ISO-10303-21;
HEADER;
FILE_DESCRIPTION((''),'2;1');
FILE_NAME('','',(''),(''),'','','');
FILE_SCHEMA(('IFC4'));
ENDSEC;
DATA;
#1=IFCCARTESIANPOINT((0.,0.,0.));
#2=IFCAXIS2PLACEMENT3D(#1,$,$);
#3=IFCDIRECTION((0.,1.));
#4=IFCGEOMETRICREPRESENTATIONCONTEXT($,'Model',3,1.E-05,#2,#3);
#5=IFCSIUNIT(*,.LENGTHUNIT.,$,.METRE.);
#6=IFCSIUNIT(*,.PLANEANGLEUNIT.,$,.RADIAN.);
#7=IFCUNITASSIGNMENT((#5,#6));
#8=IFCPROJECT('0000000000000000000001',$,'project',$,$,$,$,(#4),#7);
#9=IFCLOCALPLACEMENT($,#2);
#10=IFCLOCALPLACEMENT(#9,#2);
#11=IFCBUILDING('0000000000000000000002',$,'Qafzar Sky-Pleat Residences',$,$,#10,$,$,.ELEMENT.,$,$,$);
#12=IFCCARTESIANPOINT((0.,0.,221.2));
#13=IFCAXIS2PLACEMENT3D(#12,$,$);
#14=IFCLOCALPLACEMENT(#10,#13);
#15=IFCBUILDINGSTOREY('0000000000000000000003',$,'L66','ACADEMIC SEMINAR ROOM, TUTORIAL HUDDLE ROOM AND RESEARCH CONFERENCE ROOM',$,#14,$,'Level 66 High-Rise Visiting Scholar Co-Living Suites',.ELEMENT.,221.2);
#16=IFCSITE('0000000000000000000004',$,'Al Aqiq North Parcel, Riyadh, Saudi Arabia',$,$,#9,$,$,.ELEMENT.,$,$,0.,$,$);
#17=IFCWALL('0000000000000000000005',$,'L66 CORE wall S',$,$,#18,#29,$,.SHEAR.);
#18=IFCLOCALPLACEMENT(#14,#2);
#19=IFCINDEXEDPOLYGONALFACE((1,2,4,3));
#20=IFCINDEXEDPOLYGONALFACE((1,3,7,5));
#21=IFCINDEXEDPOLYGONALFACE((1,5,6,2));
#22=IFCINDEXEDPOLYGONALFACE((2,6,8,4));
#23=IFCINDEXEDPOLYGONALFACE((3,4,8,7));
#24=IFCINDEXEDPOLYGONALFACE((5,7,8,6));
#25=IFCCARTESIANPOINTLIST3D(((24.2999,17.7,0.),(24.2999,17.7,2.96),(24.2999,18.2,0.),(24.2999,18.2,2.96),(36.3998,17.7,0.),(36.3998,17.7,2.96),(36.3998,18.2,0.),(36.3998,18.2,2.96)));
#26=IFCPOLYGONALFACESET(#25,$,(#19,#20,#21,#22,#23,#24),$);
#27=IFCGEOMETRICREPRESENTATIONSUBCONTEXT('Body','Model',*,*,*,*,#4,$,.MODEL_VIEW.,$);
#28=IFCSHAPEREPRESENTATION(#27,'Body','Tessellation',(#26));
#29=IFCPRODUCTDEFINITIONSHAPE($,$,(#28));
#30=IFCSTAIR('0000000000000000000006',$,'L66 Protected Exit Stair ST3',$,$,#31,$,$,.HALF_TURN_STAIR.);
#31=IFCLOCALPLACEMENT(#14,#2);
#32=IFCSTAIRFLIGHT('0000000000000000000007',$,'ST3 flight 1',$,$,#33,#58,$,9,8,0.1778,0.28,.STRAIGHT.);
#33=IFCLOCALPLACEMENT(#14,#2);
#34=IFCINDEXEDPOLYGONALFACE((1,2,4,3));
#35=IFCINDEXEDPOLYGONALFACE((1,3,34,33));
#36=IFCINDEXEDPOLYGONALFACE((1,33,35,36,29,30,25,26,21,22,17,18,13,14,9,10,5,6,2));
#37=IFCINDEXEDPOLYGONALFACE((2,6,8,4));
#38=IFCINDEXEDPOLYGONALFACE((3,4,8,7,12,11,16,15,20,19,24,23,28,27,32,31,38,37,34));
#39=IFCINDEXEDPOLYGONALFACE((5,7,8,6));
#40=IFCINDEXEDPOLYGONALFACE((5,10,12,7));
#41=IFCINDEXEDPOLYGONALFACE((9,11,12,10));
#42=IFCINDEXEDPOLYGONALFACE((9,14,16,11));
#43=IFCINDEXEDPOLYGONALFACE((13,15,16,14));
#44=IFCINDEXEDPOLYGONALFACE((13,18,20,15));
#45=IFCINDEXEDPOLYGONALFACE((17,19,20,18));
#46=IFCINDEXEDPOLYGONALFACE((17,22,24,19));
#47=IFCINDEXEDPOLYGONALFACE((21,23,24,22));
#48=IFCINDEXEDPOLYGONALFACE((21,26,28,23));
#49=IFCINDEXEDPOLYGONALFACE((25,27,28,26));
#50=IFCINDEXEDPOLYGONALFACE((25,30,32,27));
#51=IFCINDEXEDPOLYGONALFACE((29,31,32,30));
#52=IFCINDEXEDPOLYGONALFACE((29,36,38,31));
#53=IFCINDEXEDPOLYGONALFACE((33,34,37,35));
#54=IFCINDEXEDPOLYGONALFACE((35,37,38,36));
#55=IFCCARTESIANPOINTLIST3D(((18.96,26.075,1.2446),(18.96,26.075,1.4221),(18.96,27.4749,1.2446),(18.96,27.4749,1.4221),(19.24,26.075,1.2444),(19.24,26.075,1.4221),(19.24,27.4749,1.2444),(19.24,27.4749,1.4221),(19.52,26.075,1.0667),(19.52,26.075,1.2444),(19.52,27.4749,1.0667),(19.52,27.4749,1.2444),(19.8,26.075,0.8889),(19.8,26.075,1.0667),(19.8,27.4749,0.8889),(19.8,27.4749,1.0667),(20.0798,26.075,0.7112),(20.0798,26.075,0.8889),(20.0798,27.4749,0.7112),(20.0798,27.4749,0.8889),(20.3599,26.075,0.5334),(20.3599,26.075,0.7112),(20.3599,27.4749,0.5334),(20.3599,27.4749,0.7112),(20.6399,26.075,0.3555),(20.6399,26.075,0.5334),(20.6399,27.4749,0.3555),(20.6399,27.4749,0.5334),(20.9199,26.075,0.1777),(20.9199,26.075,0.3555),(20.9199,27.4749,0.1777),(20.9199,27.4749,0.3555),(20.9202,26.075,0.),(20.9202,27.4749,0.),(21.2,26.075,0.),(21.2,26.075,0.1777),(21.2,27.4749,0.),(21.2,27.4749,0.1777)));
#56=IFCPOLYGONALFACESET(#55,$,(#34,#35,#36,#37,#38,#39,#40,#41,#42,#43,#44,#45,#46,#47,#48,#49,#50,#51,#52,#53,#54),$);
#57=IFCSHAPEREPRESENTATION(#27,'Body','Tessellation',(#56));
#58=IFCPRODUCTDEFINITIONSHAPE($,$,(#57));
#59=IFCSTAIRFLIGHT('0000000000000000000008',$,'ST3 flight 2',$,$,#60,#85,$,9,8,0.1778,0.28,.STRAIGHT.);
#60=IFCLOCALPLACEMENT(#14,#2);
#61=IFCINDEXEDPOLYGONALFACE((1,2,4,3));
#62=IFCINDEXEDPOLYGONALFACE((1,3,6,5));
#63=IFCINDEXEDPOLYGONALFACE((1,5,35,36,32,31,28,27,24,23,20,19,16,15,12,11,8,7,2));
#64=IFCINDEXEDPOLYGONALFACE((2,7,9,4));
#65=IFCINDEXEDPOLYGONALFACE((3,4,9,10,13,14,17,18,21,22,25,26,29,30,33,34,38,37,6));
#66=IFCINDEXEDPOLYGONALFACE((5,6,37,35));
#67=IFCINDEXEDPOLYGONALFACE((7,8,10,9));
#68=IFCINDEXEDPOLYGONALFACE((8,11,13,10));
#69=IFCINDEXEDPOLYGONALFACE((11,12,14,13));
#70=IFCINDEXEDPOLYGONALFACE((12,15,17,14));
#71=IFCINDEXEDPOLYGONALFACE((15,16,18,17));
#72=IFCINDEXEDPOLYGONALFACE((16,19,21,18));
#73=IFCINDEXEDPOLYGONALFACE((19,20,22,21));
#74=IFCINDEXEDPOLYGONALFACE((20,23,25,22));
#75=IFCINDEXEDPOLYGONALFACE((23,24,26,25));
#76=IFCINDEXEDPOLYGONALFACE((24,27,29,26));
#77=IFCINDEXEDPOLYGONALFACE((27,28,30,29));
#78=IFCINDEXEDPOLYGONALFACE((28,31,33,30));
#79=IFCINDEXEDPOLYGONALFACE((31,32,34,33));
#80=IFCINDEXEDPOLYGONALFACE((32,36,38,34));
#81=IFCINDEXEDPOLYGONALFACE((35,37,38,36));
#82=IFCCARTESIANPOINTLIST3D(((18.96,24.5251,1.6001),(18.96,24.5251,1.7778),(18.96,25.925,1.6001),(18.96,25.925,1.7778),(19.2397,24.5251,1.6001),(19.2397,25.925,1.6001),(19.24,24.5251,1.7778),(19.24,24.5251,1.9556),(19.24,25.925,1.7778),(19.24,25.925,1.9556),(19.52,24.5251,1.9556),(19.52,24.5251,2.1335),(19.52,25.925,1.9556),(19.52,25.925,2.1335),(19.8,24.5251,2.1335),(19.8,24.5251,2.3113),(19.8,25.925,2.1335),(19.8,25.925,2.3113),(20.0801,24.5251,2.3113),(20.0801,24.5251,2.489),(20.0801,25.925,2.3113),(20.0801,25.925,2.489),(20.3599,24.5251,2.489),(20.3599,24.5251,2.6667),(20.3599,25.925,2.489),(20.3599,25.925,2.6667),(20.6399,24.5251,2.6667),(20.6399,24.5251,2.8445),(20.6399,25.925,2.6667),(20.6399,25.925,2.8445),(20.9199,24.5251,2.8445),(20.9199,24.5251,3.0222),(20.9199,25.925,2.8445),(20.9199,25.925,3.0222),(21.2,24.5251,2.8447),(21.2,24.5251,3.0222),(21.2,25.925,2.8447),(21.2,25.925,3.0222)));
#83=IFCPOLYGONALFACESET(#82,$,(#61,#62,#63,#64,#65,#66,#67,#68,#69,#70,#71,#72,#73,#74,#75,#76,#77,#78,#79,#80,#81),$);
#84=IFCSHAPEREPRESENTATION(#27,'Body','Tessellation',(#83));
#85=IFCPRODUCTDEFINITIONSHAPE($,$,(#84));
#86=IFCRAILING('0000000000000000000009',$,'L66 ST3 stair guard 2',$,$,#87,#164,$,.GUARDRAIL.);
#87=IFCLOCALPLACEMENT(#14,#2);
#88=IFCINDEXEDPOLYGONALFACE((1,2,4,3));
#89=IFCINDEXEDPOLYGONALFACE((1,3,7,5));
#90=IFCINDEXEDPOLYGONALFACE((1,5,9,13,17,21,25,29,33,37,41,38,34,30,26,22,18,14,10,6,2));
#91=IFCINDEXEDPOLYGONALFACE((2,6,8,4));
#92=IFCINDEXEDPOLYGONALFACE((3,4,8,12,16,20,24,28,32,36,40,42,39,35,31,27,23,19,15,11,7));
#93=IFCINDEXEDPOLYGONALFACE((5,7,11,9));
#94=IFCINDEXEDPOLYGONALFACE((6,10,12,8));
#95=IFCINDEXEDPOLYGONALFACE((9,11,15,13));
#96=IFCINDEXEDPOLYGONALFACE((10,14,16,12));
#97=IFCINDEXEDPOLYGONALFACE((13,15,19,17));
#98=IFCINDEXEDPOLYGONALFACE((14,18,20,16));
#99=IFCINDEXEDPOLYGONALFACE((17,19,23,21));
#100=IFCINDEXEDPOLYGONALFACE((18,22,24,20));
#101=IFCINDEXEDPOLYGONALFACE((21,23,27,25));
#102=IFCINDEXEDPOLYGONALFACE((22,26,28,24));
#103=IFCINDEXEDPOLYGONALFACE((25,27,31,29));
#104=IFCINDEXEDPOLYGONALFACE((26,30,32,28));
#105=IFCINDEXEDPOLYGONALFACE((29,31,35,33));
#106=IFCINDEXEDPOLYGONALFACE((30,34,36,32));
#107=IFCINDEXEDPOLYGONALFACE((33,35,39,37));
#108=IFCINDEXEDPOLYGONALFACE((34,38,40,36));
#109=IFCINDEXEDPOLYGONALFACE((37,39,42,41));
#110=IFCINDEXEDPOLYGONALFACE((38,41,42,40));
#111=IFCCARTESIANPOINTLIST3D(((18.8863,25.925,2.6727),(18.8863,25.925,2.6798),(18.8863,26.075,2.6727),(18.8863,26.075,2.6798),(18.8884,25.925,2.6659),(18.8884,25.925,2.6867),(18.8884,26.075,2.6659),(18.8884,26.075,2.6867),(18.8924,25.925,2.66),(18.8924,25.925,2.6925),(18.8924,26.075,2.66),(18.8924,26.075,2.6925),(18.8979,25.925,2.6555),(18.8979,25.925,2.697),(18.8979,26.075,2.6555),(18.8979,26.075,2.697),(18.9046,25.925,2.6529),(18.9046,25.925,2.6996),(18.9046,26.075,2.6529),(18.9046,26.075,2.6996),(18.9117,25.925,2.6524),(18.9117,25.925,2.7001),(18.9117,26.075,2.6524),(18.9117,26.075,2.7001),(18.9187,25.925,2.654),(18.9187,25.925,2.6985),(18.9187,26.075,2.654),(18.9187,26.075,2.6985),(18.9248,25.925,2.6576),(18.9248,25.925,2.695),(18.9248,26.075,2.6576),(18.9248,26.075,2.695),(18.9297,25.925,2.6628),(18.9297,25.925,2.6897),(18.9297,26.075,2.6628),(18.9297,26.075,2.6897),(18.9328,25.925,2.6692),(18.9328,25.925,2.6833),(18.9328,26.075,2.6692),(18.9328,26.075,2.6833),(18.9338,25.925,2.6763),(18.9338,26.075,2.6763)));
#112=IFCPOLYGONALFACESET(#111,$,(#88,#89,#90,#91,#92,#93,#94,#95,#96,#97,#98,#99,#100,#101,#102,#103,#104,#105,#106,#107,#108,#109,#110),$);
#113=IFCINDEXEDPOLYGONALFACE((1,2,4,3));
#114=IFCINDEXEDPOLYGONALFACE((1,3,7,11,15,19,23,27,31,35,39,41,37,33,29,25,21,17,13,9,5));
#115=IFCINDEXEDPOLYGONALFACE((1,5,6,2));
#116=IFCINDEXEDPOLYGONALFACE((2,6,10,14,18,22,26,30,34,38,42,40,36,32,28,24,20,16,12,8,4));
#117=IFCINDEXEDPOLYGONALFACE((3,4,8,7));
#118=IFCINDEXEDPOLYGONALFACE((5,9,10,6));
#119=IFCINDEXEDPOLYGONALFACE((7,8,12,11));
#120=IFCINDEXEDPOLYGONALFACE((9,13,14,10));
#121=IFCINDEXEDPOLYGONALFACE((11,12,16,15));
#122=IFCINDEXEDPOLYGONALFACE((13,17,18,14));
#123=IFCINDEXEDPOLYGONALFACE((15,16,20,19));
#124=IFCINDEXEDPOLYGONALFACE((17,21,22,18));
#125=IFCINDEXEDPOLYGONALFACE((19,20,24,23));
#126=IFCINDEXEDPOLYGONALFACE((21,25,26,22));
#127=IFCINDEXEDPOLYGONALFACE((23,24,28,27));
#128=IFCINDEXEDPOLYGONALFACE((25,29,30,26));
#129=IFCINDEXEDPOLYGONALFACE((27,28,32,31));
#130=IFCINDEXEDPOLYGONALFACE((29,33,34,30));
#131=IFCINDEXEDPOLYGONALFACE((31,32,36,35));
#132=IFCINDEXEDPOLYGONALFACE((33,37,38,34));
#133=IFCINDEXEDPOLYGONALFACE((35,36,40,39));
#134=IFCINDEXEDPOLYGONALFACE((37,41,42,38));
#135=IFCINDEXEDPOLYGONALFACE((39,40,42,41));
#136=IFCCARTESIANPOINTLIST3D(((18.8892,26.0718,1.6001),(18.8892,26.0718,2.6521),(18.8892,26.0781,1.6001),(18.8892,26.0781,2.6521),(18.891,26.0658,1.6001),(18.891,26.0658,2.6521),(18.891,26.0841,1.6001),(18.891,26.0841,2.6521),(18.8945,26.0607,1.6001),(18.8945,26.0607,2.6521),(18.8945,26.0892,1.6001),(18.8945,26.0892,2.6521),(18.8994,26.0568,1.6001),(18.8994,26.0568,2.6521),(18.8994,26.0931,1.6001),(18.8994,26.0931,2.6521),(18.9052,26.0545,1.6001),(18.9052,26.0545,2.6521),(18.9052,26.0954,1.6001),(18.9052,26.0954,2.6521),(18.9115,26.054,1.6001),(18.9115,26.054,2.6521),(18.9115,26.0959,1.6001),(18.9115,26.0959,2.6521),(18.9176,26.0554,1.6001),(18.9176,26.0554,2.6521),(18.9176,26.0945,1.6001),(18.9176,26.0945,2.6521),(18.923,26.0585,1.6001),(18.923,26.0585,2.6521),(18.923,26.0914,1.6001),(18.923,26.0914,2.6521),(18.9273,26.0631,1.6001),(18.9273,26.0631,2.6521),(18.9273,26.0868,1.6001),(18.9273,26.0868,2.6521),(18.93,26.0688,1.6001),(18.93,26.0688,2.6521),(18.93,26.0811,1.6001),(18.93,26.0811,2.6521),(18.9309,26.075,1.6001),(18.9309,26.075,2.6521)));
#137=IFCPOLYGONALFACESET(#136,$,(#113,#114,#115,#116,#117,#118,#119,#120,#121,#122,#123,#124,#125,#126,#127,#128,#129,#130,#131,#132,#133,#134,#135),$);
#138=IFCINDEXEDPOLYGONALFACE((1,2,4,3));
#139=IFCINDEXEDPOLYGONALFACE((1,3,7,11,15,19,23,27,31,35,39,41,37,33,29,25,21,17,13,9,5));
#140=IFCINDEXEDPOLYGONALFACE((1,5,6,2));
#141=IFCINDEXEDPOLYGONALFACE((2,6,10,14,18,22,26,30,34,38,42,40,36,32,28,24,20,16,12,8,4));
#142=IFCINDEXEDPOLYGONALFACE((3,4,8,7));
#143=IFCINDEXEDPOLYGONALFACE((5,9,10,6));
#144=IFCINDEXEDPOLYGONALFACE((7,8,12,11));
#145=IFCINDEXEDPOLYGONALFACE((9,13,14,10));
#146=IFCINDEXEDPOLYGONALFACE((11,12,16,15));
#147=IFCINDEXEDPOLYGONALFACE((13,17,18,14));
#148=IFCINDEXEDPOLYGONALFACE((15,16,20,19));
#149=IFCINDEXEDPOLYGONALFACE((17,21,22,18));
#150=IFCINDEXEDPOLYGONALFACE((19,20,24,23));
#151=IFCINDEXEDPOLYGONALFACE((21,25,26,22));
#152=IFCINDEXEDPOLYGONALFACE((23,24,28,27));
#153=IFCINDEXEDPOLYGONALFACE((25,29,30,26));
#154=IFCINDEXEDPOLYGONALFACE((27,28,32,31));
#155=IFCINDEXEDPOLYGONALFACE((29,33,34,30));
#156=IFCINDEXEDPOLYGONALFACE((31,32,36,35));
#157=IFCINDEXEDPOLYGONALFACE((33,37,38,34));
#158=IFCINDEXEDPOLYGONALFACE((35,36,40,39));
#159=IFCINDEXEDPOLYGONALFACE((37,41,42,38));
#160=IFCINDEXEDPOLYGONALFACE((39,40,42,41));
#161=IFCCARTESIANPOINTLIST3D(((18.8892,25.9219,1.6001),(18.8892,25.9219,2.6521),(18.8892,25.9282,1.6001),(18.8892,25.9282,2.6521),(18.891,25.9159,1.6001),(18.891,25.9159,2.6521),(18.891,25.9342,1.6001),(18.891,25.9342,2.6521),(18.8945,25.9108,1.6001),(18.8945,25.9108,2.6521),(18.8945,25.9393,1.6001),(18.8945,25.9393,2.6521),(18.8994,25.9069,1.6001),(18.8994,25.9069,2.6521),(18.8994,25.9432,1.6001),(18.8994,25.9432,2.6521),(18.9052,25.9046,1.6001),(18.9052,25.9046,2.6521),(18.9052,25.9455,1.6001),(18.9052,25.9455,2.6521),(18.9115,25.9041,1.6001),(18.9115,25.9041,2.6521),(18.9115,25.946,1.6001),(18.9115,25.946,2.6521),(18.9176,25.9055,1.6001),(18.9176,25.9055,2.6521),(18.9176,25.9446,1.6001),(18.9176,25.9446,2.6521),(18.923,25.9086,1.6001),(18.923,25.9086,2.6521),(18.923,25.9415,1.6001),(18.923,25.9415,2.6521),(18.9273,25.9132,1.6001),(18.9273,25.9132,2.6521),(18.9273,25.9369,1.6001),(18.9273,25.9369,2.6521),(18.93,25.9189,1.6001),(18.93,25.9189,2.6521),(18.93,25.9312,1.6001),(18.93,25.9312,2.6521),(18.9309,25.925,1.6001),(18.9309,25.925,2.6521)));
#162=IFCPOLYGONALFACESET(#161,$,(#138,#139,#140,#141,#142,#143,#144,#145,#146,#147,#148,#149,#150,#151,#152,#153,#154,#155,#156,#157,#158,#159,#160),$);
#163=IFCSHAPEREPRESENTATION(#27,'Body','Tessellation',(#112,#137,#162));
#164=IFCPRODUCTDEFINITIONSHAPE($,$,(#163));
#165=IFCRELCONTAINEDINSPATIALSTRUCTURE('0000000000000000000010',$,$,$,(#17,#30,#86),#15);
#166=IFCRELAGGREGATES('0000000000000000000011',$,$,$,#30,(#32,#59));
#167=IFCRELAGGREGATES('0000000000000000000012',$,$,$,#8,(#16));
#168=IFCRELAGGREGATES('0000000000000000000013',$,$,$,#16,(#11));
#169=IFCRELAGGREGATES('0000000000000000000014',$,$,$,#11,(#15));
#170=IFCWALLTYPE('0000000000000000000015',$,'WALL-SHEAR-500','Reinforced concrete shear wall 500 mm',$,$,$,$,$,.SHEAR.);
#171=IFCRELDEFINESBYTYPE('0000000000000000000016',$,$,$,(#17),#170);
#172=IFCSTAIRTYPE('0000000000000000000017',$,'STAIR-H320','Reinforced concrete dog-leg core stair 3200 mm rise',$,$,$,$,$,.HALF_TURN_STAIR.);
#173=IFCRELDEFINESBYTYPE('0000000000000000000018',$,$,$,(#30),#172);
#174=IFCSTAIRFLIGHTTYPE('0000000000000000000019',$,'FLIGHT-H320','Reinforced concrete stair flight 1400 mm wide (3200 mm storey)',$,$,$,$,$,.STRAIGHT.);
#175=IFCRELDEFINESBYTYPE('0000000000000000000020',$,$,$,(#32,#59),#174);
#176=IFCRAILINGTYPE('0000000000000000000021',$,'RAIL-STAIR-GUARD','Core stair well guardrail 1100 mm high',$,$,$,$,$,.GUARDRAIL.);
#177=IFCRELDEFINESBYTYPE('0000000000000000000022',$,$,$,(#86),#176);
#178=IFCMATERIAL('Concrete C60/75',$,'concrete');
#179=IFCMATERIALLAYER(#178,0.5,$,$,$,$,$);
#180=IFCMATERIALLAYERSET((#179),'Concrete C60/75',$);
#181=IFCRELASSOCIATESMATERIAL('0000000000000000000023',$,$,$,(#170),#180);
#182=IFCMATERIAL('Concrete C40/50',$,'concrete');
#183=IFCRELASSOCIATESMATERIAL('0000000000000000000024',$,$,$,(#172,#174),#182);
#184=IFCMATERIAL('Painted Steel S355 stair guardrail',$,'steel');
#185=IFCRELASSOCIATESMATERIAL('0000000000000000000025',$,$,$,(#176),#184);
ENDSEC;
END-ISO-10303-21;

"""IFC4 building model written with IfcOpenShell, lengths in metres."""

from ifc_helpers import new_model, si_unit, direction, frame, frame_2d, origin, origin_2d, place, context, subcontext, project, spatial, polyline, rectangle, circle, outline, extrude, source, transform, mapped, material, layer, layer_set, type_object, element, aggregate, save


model = new_model("IFC4")

# Units and contexts
model_context = context("Model", 3, precision=1e-05, world=origin(), true_north=direction((0.0, 1.0)))
body_context = subcontext(model_context, "Body", "Model", "MODEL_VIEW")
ifc_project = project(units=[si_unit("LENGTHUNIT", "METRE"), si_unit("PLANEANGLEUNIT", "RADIAN")], contexts=[model_context])

# Site, building, storey
site_placement = place(None, origin())
site = spatial("IfcSite", under=ifc_project, at=site_placement, Name="Al Aqiq North Parcel, Riyadh, Saudi Arabia", CompositionType="ELEMENT", RefElevation=0.0)
building_placement = place(site_placement, origin())
building = spatial("IfcBuilding", under=site, at=building_placement, Name="Qafzar Sky-Pleat Residences", CompositionType="ELEMENT")
storey_placement = place(building_placement, frame((0.0, 0.0, 221.2)))
storey = spatial("IfcBuildingStorey", under=building, at=storey_placement, Name="L66", Description="ACADEMIC SEMINAR ROOM, TUTORIAL HUDDLE ROOM AND RESEARCH CONFERENCE ROOM", LongName="Level 66 High-Rise Visiting Scholar Co-Living Suites", CompositionType="ELEMENT", Elevation=221.2)

# Shared definitions
ifc_material_1 = material(Name="Concrete C60/75", Category="concrete")

# Wall
ifc_layer_1 = layer(ifc_material_1, 0.5)
ifc_layer_set_1 = layer_set([ifc_layer_1], Name="Concrete C60/75")
wall_type_1 = type_object("IfcWallType", Name="WALL-SHEAR-500", Description="Reinforced concrete shear wall 500 mm", PredefinedType="SHEAR", material=ifc_layer_set_1)
wall_1_placement = place(storey_placement, frame((24.3, 17.95, 0.0), z_axis=(0.0, 0.0, 1.0), x_axis=(1.0, 0.0, 0.0)))
element("IfcWall", 1, at=wall_1_placement, inside=storey, type_object=wall_type_1, Name="L66 CORE wall S", PredefinedType="SHEAR", context=body_context, shape_type="SweptSolid", body=[
    extrude(rectangle(XDim=12.0999, YDim=0.5, at=frame_2d((6.0498, 0.0))), origin(), (0.0, 0.0, 1.0), 2.96),
])

# Stair, stair flights
ifc_material_2 = material(Name="Concrete C40/50", Category="concrete")
stair_type = type_object("IfcStairType", Name="STAIR-H320", Description="Reinforced concrete dog-leg core stair 3200 mm rise", PredefinedType="HALF_TURN_STAIR", material=ifc_material_2)
stair_placement = place(storey_placement, origin())
stair = element("IfcStair", 2, at=stair_placement, inside=storey, type_object=stair_type, Name="L66 Protected Exit Stair ST3", PredefinedType="HALF_TURN_STAIR")
stair_flight_type = type_object("IfcStairFlightType", Name="FLIGHT-H320", Description="Reinforced concrete stair flight 1400 mm wide (3200 mm storey)", PredefinedType="STRAIGHT", material=ifc_material_2)
shared_shape_1 = source(origin(), body_context, "Body", "SweptSolid", [
    extrude(outline(polyline([(0.0, 0.0), (0.0, 0.1777), (0.28, 0.1777), (0.28, 0.3555), (0.5601, 0.3555), (0.5601, 0.5334), (0.8401, 0.5334), (0.8401, 0.7112), (1.1201, 0.7112), (1.1201, 0.8889), (1.3999, 0.8889), (1.3999, 1.0667), (1.6799, 1.0667), (1.6799, 1.2444), (1.96, 1.2444), (1.96, 1.4221), (2.24, 1.4221), (2.24, 1.6001), (2.24, 1.2446), (0.2798, 0.0), (0.0, 0.0)])), frame((0.0, 0.7, 0.0), z_axis=(0.0, -1.0, 0.0), x_axis=(1.0, 0.0, 0.0)), (0.0, 0.0, 1.0), 1.3999),
])
stair_flight_1_placement = place(storey_placement, frame((21.2, 26.7749, 0.0), z_axis=(0.0, 0.0, 1.0), x_axis=(-1.0, 0.0, 0.0)))
stair_flight_1 = element("IfcStairFlight", 3, at=stair_flight_1_placement, type_object=stair_flight_type, Name="ST3 flight 1", NumberOfRisers=9, NumberOfTreads=8, PredefinedType="STRAIGHT", RiserHeight=0.1778, TreadLength=0.28, context=body_context, shape_type="MappedRepresentation", body=[
    mapped(shared_shape_1, transform((0.0, 0.0, 0.0), x_axis=(1.0, 0.0, 0.0), y_axis=(0.0, 1.0, 0.0), z_axis=(0.0, 0.0, 1.0), scale=1.0)),
])
stair_flight_2_placement = place(storey_placement, frame((18.96, 25.2251, 1.6001), z_axis=(0.0, 0.0, 1.0), x_axis=(1.0, 0.0, 0.0)))
stair_flight_2 = element("IfcStairFlight", 4, at=stair_flight_2_placement, type_object=stair_flight_type, Name="ST3 flight 2", NumberOfRisers=9, NumberOfTreads=8, PredefinedType="STRAIGHT", RiserHeight=0.1778, TreadLength=0.28, context=body_context, shape_type="MappedRepresentation", body=[
    mapped(shared_shape_1, transform((0.0, 0.0, 0.0), x_axis=(1.0, 0.0, 0.0), y_axis=(0.0, 1.0, 0.0), z_axis=(0.0, 0.0, 1.0), scale=1.0)),
])
aggregate(stair, [stair_flight_1, stair_flight_2])

# Railing
ifc_material_3 = material(Name="Painted Steel S355 stair guardrail", Category="steel")
railing_type_1 = type_object("IfcRailingType", Name="RAIL-STAIR-GUARD", Description="Core stair well guardrail 1100 mm high", PredefinedType="GUARDRAIL", material=ifc_material_3)
shared_shape_2 = source(origin(), body_context, "Body", "SweptSolid", [
    extrude(circle(Radius=0.0239, at=origin_2d()), frame((0.0, 0.0, 1.0762), z_axis=(0.0, -1.0, 0.0), x_axis=(1.0, 0.0, 0.0)), (0.0, 0.0, 1.0), 0.1499),
    extrude(circle(Radius=0.021, at=origin_2d()), origin(), (0.0, 0.0, 1.0), 1.052),
    extrude(circle(Radius=0.021, at=origin_2d()), frame((0.0, -0.1499, 0.0)), (0.0, 0.0, 1.0), 1.052),
])
for number, where, name in (
    (5, (18.9099, 26.075, 1.6001), "L66 ST3 stair guard 2"),
):
    element("IfcRailing", number, at=place(storey_placement, frame(where)), inside=storey, type_object=railing_type_1, Name=name, PredefinedType="GUARDRAIL", context=body_context, shape_type="MappedRepresentation", body=[
        mapped(shared_shape_2, transform((0.0, 0.0, 0.0), x_axis=(1.0, 0.0, 0.0), y_axis=(0.0, 1.0, 0.0), z_axis=(0.0, 0.0, 1.0), scale=1.0)),
    ])

save(model, "model.ifc")
